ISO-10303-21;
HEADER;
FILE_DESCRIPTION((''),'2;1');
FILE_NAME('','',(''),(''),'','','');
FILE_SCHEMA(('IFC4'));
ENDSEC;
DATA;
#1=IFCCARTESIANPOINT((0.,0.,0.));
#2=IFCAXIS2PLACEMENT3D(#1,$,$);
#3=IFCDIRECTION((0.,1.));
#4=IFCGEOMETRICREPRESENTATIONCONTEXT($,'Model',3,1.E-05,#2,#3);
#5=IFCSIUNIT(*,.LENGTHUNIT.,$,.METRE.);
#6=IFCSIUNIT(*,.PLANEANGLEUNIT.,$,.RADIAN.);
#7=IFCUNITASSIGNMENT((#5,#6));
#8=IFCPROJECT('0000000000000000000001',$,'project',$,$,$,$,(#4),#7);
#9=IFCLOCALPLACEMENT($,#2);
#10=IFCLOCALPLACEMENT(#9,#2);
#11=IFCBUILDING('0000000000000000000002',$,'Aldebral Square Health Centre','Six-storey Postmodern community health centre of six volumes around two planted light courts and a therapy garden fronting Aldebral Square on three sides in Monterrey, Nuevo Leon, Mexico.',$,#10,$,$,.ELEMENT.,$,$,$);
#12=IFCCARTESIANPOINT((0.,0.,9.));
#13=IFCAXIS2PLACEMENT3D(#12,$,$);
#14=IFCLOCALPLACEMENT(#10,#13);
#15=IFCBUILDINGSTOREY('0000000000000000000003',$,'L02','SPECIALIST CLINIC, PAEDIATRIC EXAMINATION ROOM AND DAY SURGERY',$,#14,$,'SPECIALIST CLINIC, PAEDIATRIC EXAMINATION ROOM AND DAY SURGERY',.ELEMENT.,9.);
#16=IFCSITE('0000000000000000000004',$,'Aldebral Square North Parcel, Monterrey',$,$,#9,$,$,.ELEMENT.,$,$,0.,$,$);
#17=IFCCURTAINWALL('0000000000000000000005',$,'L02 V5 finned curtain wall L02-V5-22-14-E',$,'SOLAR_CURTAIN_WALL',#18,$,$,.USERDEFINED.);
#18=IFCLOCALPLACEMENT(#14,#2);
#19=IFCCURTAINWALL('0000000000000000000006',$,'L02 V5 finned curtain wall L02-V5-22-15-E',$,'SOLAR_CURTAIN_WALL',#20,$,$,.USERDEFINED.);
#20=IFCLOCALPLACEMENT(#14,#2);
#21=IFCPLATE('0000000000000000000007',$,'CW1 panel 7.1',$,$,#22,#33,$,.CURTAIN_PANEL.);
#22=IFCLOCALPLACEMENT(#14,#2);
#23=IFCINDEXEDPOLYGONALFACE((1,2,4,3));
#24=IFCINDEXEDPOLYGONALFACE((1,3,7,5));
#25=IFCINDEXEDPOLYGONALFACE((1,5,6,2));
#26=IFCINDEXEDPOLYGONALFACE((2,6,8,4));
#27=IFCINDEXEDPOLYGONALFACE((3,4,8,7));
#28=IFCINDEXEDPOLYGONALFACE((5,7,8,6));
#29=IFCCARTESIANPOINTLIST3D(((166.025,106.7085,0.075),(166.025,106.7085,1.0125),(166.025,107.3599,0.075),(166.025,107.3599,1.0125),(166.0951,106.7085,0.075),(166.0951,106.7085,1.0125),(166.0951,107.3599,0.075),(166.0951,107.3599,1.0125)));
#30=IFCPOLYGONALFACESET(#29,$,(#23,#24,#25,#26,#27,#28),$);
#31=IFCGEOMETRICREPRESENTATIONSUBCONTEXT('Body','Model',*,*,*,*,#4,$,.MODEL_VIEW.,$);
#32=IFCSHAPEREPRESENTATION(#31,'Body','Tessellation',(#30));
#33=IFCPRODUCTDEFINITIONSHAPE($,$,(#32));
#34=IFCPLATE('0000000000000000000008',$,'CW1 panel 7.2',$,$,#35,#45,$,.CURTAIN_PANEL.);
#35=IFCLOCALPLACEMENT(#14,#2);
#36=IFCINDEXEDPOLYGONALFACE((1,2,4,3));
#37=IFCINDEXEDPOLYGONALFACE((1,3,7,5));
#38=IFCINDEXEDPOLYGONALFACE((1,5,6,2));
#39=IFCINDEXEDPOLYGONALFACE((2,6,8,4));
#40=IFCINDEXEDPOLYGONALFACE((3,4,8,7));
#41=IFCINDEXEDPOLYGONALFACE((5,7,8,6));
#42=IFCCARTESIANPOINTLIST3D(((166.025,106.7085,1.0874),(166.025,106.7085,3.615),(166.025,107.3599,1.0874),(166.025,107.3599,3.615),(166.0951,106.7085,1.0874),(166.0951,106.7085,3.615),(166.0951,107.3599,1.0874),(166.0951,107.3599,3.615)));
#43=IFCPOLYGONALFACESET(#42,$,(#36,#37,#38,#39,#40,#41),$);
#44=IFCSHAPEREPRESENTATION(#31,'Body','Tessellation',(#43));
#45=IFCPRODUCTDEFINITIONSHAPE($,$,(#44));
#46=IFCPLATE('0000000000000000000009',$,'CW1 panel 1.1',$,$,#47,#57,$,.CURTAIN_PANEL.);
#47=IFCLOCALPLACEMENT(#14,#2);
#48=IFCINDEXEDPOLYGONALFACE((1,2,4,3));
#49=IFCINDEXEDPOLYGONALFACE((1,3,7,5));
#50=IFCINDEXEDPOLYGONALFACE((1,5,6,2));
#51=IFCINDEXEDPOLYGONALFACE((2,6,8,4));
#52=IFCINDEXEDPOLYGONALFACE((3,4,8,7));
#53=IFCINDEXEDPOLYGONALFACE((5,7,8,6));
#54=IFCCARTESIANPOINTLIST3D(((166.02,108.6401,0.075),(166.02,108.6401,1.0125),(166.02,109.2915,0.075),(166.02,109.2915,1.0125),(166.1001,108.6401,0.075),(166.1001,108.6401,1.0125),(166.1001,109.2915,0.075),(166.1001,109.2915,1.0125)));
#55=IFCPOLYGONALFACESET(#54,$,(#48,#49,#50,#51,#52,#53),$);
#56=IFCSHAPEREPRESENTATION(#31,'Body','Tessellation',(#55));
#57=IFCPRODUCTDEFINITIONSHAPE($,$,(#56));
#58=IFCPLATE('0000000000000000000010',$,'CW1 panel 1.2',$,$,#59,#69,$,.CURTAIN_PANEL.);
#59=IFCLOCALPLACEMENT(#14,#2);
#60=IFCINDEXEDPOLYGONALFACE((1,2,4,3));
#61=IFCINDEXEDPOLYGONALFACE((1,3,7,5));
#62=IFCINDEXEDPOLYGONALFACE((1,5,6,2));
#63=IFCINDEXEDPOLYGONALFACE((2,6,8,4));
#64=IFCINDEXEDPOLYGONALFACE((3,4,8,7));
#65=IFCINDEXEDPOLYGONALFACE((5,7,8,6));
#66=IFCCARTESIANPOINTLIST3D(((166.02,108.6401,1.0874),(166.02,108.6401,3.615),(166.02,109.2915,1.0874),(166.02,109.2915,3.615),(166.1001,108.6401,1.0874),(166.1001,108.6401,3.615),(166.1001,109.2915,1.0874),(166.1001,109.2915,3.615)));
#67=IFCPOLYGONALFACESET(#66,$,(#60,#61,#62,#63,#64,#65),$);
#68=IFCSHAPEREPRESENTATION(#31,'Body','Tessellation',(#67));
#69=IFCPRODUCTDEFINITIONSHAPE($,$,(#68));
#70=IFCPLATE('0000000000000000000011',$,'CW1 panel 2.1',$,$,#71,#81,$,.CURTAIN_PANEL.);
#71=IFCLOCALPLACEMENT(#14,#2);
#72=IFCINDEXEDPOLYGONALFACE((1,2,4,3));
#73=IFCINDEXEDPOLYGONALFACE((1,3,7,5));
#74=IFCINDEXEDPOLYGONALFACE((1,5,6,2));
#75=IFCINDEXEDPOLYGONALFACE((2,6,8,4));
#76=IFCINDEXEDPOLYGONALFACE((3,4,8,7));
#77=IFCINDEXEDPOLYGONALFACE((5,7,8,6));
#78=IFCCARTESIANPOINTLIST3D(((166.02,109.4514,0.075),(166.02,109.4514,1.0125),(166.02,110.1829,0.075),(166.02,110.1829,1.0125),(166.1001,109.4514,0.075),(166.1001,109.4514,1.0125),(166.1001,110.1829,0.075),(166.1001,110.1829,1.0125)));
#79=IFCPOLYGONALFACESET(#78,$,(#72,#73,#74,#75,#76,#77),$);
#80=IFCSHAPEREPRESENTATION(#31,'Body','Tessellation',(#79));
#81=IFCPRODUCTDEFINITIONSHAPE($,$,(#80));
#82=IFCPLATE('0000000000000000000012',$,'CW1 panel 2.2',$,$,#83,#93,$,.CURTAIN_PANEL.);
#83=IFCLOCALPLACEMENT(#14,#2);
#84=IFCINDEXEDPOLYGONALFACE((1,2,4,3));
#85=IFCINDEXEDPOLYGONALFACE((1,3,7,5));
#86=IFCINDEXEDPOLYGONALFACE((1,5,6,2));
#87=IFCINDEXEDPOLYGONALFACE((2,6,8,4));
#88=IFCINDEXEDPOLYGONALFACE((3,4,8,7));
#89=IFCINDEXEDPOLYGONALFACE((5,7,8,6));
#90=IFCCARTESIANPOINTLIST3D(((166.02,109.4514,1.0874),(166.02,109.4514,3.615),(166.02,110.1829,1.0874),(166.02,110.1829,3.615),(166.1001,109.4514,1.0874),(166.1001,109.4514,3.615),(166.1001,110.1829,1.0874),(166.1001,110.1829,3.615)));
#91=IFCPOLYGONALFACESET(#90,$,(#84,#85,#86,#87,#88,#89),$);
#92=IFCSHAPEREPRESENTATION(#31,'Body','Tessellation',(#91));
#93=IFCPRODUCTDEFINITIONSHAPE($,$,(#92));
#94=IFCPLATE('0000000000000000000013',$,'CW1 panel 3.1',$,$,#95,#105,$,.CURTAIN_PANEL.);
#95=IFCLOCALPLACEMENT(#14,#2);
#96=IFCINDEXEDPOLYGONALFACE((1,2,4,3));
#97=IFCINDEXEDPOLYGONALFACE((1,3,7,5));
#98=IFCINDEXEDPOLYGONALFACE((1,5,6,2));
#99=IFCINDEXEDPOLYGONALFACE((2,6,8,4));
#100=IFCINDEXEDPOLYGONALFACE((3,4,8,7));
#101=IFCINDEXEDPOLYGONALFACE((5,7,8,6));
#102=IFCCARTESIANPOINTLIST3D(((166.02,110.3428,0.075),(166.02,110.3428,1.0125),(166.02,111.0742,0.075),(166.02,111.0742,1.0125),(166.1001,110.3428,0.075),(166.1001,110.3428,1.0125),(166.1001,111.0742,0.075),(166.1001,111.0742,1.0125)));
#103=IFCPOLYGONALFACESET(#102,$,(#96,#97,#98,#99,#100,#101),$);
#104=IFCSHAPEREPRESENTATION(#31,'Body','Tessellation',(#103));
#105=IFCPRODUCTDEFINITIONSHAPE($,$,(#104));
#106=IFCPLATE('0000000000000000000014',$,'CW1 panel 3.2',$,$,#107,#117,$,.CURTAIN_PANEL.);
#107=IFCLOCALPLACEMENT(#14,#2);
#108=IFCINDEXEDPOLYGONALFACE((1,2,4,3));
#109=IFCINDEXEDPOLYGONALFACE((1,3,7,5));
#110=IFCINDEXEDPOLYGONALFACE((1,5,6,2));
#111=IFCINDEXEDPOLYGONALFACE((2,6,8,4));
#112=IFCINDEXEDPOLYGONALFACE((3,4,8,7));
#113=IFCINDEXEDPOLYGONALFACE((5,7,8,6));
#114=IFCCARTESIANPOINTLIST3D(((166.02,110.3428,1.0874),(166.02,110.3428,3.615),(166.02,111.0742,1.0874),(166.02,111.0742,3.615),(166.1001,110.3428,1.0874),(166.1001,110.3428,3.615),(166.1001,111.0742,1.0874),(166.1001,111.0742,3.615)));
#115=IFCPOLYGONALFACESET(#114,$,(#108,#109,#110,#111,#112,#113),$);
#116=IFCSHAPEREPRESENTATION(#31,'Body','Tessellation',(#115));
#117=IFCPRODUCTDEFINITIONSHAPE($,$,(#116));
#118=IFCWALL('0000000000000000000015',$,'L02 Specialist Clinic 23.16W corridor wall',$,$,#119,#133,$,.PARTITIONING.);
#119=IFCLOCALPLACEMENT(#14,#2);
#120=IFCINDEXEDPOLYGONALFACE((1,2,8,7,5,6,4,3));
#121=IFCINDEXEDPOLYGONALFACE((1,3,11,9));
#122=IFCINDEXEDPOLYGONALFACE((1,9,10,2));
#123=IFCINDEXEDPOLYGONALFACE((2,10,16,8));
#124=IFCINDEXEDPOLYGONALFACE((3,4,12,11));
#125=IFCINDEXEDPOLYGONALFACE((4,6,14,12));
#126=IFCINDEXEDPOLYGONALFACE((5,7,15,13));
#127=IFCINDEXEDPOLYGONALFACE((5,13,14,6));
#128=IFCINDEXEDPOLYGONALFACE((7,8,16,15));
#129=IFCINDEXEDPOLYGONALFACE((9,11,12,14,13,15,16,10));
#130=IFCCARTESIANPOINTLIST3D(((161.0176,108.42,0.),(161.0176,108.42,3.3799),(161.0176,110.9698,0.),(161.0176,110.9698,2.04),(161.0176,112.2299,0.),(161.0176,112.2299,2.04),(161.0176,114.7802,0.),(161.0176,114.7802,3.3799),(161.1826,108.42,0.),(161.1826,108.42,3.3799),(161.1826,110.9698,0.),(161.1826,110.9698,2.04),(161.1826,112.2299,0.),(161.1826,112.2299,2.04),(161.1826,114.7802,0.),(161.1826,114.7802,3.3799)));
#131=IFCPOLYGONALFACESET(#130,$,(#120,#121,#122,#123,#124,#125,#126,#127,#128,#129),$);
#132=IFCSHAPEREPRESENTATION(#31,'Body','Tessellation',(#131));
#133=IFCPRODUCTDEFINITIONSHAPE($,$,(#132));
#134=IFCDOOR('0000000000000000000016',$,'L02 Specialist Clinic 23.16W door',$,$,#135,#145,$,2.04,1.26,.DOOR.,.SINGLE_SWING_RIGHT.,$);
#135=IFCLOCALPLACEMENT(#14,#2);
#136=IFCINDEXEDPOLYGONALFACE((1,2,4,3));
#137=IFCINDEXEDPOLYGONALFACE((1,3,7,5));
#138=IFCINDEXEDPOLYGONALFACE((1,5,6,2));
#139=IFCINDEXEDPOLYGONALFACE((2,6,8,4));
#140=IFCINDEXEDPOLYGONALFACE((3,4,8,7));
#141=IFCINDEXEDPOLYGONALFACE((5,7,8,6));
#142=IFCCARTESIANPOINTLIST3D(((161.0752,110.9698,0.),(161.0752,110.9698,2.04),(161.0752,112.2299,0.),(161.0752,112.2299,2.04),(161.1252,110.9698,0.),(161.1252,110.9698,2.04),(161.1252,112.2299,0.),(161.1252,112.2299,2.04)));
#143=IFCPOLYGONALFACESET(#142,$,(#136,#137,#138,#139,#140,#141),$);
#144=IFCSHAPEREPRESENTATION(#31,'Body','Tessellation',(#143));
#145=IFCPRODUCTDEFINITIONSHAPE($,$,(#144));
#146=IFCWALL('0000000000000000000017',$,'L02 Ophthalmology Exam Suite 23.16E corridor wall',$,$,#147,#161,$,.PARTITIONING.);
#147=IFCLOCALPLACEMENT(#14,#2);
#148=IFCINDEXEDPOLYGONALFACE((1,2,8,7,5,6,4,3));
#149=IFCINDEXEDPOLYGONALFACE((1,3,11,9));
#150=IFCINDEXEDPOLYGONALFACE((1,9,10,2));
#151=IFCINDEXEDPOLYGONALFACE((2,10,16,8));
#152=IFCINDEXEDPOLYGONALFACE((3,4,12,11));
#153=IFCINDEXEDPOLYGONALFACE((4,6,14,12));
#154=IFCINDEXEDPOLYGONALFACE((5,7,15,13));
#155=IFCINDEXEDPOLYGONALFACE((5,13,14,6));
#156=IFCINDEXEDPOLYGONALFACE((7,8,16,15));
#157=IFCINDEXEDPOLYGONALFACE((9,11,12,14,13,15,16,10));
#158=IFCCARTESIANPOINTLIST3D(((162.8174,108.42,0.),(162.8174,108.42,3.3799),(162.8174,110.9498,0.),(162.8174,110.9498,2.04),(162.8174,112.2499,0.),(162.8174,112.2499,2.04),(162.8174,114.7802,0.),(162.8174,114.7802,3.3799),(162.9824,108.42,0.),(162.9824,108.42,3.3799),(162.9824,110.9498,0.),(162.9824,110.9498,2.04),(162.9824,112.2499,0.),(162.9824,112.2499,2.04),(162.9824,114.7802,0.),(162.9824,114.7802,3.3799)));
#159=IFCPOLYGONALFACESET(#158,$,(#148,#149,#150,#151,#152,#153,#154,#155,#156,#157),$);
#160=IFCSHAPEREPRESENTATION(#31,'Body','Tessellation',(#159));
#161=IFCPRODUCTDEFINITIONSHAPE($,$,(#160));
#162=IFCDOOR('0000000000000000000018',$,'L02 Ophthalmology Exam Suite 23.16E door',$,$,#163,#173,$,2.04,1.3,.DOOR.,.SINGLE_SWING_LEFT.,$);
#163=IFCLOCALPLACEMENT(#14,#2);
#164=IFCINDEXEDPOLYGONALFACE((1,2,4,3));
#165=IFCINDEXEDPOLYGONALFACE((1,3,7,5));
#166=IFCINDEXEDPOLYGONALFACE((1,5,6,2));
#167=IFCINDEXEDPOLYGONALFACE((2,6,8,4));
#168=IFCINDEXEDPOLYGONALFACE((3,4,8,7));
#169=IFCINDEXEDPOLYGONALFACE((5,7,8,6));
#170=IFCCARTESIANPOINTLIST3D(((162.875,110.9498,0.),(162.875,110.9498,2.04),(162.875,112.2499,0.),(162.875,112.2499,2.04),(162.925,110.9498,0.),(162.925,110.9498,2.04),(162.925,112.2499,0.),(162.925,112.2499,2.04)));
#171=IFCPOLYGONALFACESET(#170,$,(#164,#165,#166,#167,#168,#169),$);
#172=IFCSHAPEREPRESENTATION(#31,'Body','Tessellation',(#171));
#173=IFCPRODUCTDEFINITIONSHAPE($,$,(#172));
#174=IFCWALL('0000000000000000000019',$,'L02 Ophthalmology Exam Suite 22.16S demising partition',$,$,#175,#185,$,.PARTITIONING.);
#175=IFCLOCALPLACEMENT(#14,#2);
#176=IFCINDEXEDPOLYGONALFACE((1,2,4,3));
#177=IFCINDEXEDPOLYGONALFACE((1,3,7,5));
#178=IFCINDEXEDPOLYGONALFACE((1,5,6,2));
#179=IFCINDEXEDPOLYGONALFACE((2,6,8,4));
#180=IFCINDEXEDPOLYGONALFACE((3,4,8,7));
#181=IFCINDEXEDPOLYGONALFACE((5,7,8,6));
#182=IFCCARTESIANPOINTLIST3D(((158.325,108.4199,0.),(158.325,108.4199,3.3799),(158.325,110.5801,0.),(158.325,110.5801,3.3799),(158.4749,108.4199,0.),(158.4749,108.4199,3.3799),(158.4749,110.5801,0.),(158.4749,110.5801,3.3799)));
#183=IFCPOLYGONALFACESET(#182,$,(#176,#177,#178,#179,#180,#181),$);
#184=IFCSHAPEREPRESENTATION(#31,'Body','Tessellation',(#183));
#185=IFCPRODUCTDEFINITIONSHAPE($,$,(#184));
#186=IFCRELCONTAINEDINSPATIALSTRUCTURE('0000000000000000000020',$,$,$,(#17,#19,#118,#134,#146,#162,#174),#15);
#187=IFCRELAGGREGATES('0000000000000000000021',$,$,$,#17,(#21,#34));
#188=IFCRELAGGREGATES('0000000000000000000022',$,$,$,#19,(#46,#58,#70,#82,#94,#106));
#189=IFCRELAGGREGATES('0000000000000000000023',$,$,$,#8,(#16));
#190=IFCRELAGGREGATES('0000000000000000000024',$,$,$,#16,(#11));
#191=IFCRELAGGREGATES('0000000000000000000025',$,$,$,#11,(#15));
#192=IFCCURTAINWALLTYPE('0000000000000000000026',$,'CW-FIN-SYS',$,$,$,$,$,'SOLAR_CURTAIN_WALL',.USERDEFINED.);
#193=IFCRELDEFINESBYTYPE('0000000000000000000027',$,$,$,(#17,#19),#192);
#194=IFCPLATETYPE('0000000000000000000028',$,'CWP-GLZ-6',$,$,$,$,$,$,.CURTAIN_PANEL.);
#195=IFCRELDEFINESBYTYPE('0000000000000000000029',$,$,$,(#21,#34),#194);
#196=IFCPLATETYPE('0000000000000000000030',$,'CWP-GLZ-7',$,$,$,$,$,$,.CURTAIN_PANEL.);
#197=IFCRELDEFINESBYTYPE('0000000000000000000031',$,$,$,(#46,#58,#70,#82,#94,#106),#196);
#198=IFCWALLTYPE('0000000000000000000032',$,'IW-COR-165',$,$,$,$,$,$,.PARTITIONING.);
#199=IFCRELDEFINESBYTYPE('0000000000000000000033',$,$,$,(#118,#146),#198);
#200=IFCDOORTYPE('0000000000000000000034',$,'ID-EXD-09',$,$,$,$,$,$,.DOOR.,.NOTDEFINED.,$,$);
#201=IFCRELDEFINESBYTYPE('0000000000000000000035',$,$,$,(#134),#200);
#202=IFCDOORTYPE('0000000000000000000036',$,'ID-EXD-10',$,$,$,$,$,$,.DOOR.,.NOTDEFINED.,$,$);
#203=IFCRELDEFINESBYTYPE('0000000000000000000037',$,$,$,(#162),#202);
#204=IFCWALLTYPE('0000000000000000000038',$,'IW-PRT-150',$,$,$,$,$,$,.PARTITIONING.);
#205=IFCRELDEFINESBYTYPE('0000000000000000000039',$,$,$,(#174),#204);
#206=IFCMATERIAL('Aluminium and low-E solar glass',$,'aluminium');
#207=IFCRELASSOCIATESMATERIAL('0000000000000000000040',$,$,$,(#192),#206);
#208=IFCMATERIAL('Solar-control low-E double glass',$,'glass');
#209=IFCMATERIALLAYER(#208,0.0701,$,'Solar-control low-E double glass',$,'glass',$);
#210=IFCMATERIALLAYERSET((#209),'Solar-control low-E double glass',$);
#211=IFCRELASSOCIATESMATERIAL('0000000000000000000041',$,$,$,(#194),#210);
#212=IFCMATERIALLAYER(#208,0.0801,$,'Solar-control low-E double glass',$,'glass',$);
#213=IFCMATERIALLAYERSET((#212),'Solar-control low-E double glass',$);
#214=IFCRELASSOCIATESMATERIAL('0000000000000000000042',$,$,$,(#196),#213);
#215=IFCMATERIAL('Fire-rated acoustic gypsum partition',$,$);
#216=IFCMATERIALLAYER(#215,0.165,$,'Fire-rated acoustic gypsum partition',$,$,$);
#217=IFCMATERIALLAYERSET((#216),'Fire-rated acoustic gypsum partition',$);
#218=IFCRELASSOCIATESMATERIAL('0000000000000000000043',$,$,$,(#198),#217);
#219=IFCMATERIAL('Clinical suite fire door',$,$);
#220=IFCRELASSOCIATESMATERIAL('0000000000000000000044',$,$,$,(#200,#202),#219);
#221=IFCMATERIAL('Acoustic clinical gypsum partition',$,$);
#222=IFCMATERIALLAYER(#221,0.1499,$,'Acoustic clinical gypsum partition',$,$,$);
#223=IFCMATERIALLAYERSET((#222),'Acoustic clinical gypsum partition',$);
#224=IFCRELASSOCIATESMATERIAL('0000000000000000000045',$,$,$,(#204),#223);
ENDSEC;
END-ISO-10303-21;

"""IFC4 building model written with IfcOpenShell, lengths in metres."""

from ifc_helpers import new_model, si_unit, direction, frame, frame_2d, origin, origin_2d, place, context, subcontext, project, spatial, rectangle, extrude, material, layer, layer_set, type_object, element, fill, aggregate, save


model = new_model("IFC4")

# Units and contexts
model_context = context("Model", 3, precision=1e-05, world=origin(), true_north=direction((0.0, 1.0)))
body_context = subcontext(model_context, "Body", "Model", "MODEL_VIEW")
ifc_project = project(units=[si_unit("LENGTHUNIT", "METRE"), si_unit("PLANEANGLEUNIT", "RADIAN")], contexts=[model_context])

# Site, building, storey
site_placement = place(None, origin())
site = spatial("IfcSite", under=ifc_project, at=site_placement, Name="Aldebral Square North Parcel, Monterrey", CompositionType="ELEMENT", RefElevation=0.0)
building_placement = place(site_placement, origin())
building = spatial("IfcBuilding", under=site, at=building_placement, Name="Aldebral Square Health Centre", Description="Six-storey Postmodern community health centre of six volumes around two planted light courts and a therapy garden fronting Aldebral Square on three sides in Monterrey, Nuevo Leon, Mexico.", CompositionType="ELEMENT")
storey_placement = place(building_placement, frame((0.0, 0.0, 9.0)))
storey = spatial("IfcBuildingStorey", under=building, at=storey_placement, Name="L02", Description="SPECIALIST CLINIC, PAEDIATRIC EXAMINATION ROOM AND DAY SURGERY", LongName="SPECIALIST CLINIC, PAEDIATRIC EXAMINATION ROOM AND DAY SURGERY", CompositionType="ELEMENT", Elevation=9.0)

# Curtain wall
ifc_material_1 = material(Name="Aluminium and low-E solar glass", Category="aluminium")
curtain_wall_type = type_object("IfcCurtainWallType", Name="CW-FIN-SYS", ElementType="SOLAR_CURTAIN_WALL", PredefinedType="USERDEFINED", material=ifc_material_1)
curtain_wall_1_placement = place(storey_placement, origin())
curtain_wall_1 = element("IfcCurtainWall", 1, at=curtain_wall_1_placement, inside=storey, type_object=curtain_wall_type, Name="L02 V5 finned curtain wall L02-V5-22-14-E", ObjectType="SOLAR_CURTAIN_WALL", PredefinedType="USERDEFINED")

# Curtain wall
curtain_wall_2_placement = place(storey_placement, origin())
curtain_wall_2 = element("IfcCurtainWall", 2, at=curtain_wall_2_placement, inside=storey, type_object=curtain_wall_type, Name="L02 V5 finned curtain wall L02-V5-22-15-E", ObjectType="SOLAR_CURTAIN_WALL", PredefinedType="USERDEFINED")

# Plates
ifc_material_2 = material(Name="Solar-control low-E double glass", Category="glass")
ifc_layer_1 = layer(ifc_material_2, 0.0701, Name="Solar-control low-E double glass", Category="glass")
ifc_layer_set_1 = layer_set([ifc_layer_1], Name="Solar-control low-E double glass")
plate_type_1 = type_object("IfcPlateType", Name="CWP-GLZ-6", PredefinedType="CURTAIN_PANEL", material=ifc_layer_set_1)
plate_1_placement = place(storey_placement, frame((166.0601, 107.0342, 0.075), z_axis=(0.0, 0.0, 1.0), x_axis=(0.0, 1.0, 0.0)))
plate_1 = element("IfcPlate", 3, at=plate_1_placement, type_object=plate_type_1, Name="CW1 panel 7.1", PredefinedType="CURTAIN_PANEL", context=body_context, shape_type="SweptSolid", body=[
    extrude(rectangle(XDim=0.6514, YDim=0.0701, at=origin_2d()), origin(), (0.0, 0.0, 1.0), 0.9375),
])
plate_2_placement = place(storey_placement, frame((166.0601, 107.0342, 1.0874), z_axis=(0.0, 0.0, 1.0), x_axis=(0.0, 1.0, 0.0)))
plate_2 = element("IfcPlate", 4, at=plate_2_placement, type_object=plate_type_1, Name="CW1 panel 7.2", PredefinedType="CURTAIN_PANEL", context=body_context, shape_type="SweptSolid", body=[
    extrude(rectangle(XDim=0.6514, YDim=0.0701, at=origin_2d()), origin(), (0.0, 0.0, 1.0), 2.5276),
])
aggregate(curtain_wall_1, [plate_1, plate_2])
ifc_layer_2 = layer(ifc_material_2, 0.0801, Name="Solar-control low-E double glass", Category="glass")
ifc_layer_set_2 = layer_set([ifc_layer_2], Name="Solar-control low-E double glass")
plate_type_2 = type_object("IfcPlateType", Name="CWP-GLZ-7", PredefinedType="CURTAIN_PANEL", material=ifc_layer_set_2)
plate_3_placement = place(storey_placement, frame((166.0601, 108.9658, 0.075), z_axis=(0.0, 0.0, 1.0), x_axis=(0.0, 1.0, 0.0)))
plate_3 = element("IfcPlate", 5, at=plate_3_placement, type_object=plate_type_2, Name="CW1 panel 1.1", PredefinedType="CURTAIN_PANEL", context=body_context, shape_type="SweptSolid", body=[
    extrude(rectangle(XDim=0.6514, YDim=0.0801, at=origin_2d()), origin(), (0.0, 0.0, 1.0), 0.9375),
])
plate_4_placement = place(storey_placement, frame((166.0601, 108.9658, 1.0874), z_axis=(0.0, 0.0, 1.0), x_axis=(0.0, 1.0, 0.0)))
plate_4 = element("IfcPlate", 6, at=plate_4_placement, type_object=plate_type_2, Name="CW1 panel 1.2", PredefinedType="CURTAIN_PANEL", context=body_context, shape_type="SweptSolid", body=[
    extrude(rectangle(XDim=0.6514, YDim=0.0801, at=origin_2d()), origin(), (0.0, 0.0, 1.0), 2.5276),
])
plate_5_placement = place(storey_placement, frame((166.0601, 109.8171, 0.075), z_axis=(0.0, 0.0, 1.0), x_axis=(0.0, 1.0, 0.0)))
plate_5 = element("IfcPlate", 7, at=plate_5_placement, type_object=plate_type_2, Name="CW1 panel 2.1", PredefinedType="CURTAIN_PANEL", context=body_context, shape_type="SweptSolid", body=[
    extrude(rectangle(XDim=0.7314, YDim=0.0801, at=origin_2d()), origin(), (0.0, 0.0, 1.0), 0.9375),
])
plate_6_placement = place(storey_placement, frame((166.0601, 109.8171, 1.0874), z_axis=(0.0, 0.0, 1.0), x_axis=(0.0, 1.0, 0.0)))
plate_6 = element("IfcPlate", 8, at=plate_6_placement, type_object=plate_type_2, Name="CW1 panel 2.2", PredefinedType="CURTAIN_PANEL", context=body_context, shape_type="SweptSolid", body=[
    extrude(rectangle(XDim=0.7314, YDim=0.0801, at=origin_2d()), origin(), (0.0, 0.0, 1.0), 2.5276),
])
plate_7_placement = place(storey_placement, frame((166.0601, 110.7085, 0.075), z_axis=(0.0, 0.0, 1.0), x_axis=(0.0, 1.0, 0.0)))
plate_7 = element("IfcPlate", 9, at=plate_7_placement, type_object=plate_type_2, Name="CW1 panel 3.1", PredefinedType="CURTAIN_PANEL", context=body_context, shape_type="SweptSolid", body=[
    extrude(rectangle(XDim=0.7314, YDim=0.0801, at=origin_2d()), origin(), (0.0, 0.0, 1.0), 0.9375),
])
plate_8_placement = place(storey_placement, frame((166.0601, 110.7085, 1.0874), z_axis=(0.0, 0.0, 1.0), x_axis=(0.0, 1.0, 0.0)))
plate_8 = element("IfcPlate", 10, at=plate_8_placement, type_object=plate_type_2, Name="CW1 panel 3.2", PredefinedType="CURTAIN_PANEL", context=body_context, shape_type="SweptSolid", body=[
    extrude(rectangle(XDim=0.7314, YDim=0.0801, at=origin_2d()), origin(), (0.0, 0.0, 1.0), 2.5276),
])
aggregate(curtain_wall_2, [plate_3, plate_4, plate_5, plate_6, plate_7, plate_8])

# Walls, openings, doors
ifc_material_3 = material(Name="Fire-rated acoustic gypsum partition")
ifc_layer_3 = layer(ifc_material_3, 0.165, Name="Fire-rated acoustic gypsum partition")
ifc_layer_set_3 = layer_set([ifc_layer_3], Name="Fire-rated acoustic gypsum partition")
wall_type_1 = type_object("IfcWallType", Name="IW-COR-165", PredefinedType="PARTITIONING", material=ifc_layer_set_3)
wall_1_placement = place(storey_placement, frame((161.1001, 108.4199, 0.0), z_axis=(0.0, 0.0, 1.0), x_axis=(0.0, 1.0, 0.0)))
wall_1 = element("IfcWall", 11, at=wall_1_placement, inside=storey, type_object=wall_type_1, Name="L02 Specialist Clinic 23.16W corridor wall", PredefinedType="PARTITIONING", context=body_context, shape_type="SweptSolid", body=[
    extrude(rectangle(XDim=6.3601, YDim=0.165, at=frame_2d((3.1802, 0.0))), origin(), (0.0, 0.0, 1.0), 3.3799),
])
opening_1_placement = place(wall_1_placement, frame((2.55, 0.0, 0.0)))
opening_1 = element("IfcOpeningElement", 12, at=opening_1_placement, cuts=wall_1, PredefinedType="OPENING", context=body_context, shape_type="SweptSolid", body=[
    extrude(rectangle(XDim=1.26, YDim=2.04, at=frame_2d((0.6299, 1.02))), frame((0.0, 0.0925, 0.0), z_axis=(0.0, -1.0, 0.0), x_axis=(1.0, 0.0, 0.0)), (0.0, 0.0, 1.0), 0.1851),
])
ifc_material_4 = material(Name="Clinical suite fire door")
door_type_1 = type_object("IfcDoorType", Name="ID-EXD-09", OperationType="NOTDEFINED", PredefinedType="DOOR", material=ifc_material_4)
door_1_placement = place(opening_1_placement, origin())
door_1 = element("IfcDoor", 13, at=door_1_placement, inside=storey, type_object=door_type_1, Name="L02 Specialist Clinic 23.16W door", OperationType="SINGLE_SWING_RIGHT", OverallHeight=2.04, OverallWidth=1.26, PredefinedType="DOOR", context=body_context, shape_type="SweptSolid", body=[
    extrude(rectangle(XDim=1.26, YDim=2.04, at=frame_2d((0.6299, 1.02))), frame((0.0, 0.0249, 0.0), z_axis=(0.0, -1.0, 0.0), x_axis=(1.0, 0.0, 0.0)), (0.0, 0.0, 1.0), 0.05),
])
fill(opening_1, door_1)
wall_2_placement = place(storey_placement, frame((162.8999, 108.4199, 0.0), z_axis=(0.0, 0.0, 1.0), x_axis=(0.0, 1.0, 0.0)))
wall_2 = element("IfcWall", 14, at=wall_2_placement, inside=storey, type_object=wall_type_1, Name="L02 Ophthalmology Exam Suite 23.16E corridor wall", PredefinedType="PARTITIONING", context=body_context, shape_type="SweptSolid", body=[
    extrude(rectangle(XDim=6.3601, YDim=0.165, at=frame_2d((3.1802, 0.0))), origin(), (0.0, 0.0, 1.0), 3.3799),
])
opening_2_placement = place(wall_2_placement, frame((2.53, 0.0, 0.0)))
opening_2 = element("IfcOpeningElement", 15, at=opening_2_placement, cuts=wall_2, PredefinedType="OPENING", context=body_context, shape_type="SweptSolid", body=[
    extrude(rectangle(XDim=1.3, YDim=2.04, at=frame_2d((0.6499, 1.02))), frame((0.0, 0.0925, 0.0), z_axis=(0.0, -1.0, 0.0), x_axis=(1.0, 0.0, 0.0)), (0.0, 0.0, 1.0), 0.1851),
])
door_type_2 = type_object("IfcDoorType", Name="ID-EXD-10", OperationType="NOTDEFINED", PredefinedType="DOOR", material=ifc_material_4)
door_2_placement = place(opening_2_placement, origin())
door_2 = element("IfcDoor", 16, at=door_2_placement, inside=storey, type_object=door_type_2, Name="L02 Ophthalmology Exam Suite 23.16E door", OperationType="SINGLE_SWING_LEFT", OverallHeight=2.04, OverallWidth=1.3, PredefinedType="DOOR", context=body_context, shape_type="SweptSolid", body=[
    extrude(rectangle(XDim=1.3, YDim=2.04, at=frame_2d((0.6499, 1.02))), frame((0.0, 0.0249, 0.0), z_axis=(0.0, -1.0, 0.0), x_axis=(1.0, 0.0, 0.0)), (0.0, 0.0, 1.0), 0.05),
])
fill(opening_2, door_2)

# Wall
ifc_material_5 = material(Name="Acoustic clinical gypsum partition")
ifc_layer_4 = layer(ifc_material_5, 0.1499, Name="Acoustic clinical gypsum partition")
ifc_layer_set_4 = layer_set([ifc_layer_4], Name="Acoustic clinical gypsum partition")
wall_type_2 = type_object("IfcWallType", Name="IW-PRT-150", PredefinedType="PARTITIONING", material=ifc_layer_set_4)
wall_3_placement = place(storey_placement, frame((158.3999, 108.4199, 0.0), z_axis=(0.0, 0.0, 1.0), x_axis=(0.0, 1.0, 0.0)))
element("IfcWall", 17, at=wall_3_placement, inside=storey, type_object=wall_type_2, Name="L02 Ophthalmology Exam Suite 22.16S demising partition", PredefinedType="PARTITIONING", context=body_context, shape_type="SweptSolid", body=[
    extrude(rectangle(XDim=2.1602, YDim=0.1499, at=frame_2d((1.0801, 0.0))), origin(), (0.0, 0.0, 1.0), 3.3799),
])

save(model, "model.ifc")
